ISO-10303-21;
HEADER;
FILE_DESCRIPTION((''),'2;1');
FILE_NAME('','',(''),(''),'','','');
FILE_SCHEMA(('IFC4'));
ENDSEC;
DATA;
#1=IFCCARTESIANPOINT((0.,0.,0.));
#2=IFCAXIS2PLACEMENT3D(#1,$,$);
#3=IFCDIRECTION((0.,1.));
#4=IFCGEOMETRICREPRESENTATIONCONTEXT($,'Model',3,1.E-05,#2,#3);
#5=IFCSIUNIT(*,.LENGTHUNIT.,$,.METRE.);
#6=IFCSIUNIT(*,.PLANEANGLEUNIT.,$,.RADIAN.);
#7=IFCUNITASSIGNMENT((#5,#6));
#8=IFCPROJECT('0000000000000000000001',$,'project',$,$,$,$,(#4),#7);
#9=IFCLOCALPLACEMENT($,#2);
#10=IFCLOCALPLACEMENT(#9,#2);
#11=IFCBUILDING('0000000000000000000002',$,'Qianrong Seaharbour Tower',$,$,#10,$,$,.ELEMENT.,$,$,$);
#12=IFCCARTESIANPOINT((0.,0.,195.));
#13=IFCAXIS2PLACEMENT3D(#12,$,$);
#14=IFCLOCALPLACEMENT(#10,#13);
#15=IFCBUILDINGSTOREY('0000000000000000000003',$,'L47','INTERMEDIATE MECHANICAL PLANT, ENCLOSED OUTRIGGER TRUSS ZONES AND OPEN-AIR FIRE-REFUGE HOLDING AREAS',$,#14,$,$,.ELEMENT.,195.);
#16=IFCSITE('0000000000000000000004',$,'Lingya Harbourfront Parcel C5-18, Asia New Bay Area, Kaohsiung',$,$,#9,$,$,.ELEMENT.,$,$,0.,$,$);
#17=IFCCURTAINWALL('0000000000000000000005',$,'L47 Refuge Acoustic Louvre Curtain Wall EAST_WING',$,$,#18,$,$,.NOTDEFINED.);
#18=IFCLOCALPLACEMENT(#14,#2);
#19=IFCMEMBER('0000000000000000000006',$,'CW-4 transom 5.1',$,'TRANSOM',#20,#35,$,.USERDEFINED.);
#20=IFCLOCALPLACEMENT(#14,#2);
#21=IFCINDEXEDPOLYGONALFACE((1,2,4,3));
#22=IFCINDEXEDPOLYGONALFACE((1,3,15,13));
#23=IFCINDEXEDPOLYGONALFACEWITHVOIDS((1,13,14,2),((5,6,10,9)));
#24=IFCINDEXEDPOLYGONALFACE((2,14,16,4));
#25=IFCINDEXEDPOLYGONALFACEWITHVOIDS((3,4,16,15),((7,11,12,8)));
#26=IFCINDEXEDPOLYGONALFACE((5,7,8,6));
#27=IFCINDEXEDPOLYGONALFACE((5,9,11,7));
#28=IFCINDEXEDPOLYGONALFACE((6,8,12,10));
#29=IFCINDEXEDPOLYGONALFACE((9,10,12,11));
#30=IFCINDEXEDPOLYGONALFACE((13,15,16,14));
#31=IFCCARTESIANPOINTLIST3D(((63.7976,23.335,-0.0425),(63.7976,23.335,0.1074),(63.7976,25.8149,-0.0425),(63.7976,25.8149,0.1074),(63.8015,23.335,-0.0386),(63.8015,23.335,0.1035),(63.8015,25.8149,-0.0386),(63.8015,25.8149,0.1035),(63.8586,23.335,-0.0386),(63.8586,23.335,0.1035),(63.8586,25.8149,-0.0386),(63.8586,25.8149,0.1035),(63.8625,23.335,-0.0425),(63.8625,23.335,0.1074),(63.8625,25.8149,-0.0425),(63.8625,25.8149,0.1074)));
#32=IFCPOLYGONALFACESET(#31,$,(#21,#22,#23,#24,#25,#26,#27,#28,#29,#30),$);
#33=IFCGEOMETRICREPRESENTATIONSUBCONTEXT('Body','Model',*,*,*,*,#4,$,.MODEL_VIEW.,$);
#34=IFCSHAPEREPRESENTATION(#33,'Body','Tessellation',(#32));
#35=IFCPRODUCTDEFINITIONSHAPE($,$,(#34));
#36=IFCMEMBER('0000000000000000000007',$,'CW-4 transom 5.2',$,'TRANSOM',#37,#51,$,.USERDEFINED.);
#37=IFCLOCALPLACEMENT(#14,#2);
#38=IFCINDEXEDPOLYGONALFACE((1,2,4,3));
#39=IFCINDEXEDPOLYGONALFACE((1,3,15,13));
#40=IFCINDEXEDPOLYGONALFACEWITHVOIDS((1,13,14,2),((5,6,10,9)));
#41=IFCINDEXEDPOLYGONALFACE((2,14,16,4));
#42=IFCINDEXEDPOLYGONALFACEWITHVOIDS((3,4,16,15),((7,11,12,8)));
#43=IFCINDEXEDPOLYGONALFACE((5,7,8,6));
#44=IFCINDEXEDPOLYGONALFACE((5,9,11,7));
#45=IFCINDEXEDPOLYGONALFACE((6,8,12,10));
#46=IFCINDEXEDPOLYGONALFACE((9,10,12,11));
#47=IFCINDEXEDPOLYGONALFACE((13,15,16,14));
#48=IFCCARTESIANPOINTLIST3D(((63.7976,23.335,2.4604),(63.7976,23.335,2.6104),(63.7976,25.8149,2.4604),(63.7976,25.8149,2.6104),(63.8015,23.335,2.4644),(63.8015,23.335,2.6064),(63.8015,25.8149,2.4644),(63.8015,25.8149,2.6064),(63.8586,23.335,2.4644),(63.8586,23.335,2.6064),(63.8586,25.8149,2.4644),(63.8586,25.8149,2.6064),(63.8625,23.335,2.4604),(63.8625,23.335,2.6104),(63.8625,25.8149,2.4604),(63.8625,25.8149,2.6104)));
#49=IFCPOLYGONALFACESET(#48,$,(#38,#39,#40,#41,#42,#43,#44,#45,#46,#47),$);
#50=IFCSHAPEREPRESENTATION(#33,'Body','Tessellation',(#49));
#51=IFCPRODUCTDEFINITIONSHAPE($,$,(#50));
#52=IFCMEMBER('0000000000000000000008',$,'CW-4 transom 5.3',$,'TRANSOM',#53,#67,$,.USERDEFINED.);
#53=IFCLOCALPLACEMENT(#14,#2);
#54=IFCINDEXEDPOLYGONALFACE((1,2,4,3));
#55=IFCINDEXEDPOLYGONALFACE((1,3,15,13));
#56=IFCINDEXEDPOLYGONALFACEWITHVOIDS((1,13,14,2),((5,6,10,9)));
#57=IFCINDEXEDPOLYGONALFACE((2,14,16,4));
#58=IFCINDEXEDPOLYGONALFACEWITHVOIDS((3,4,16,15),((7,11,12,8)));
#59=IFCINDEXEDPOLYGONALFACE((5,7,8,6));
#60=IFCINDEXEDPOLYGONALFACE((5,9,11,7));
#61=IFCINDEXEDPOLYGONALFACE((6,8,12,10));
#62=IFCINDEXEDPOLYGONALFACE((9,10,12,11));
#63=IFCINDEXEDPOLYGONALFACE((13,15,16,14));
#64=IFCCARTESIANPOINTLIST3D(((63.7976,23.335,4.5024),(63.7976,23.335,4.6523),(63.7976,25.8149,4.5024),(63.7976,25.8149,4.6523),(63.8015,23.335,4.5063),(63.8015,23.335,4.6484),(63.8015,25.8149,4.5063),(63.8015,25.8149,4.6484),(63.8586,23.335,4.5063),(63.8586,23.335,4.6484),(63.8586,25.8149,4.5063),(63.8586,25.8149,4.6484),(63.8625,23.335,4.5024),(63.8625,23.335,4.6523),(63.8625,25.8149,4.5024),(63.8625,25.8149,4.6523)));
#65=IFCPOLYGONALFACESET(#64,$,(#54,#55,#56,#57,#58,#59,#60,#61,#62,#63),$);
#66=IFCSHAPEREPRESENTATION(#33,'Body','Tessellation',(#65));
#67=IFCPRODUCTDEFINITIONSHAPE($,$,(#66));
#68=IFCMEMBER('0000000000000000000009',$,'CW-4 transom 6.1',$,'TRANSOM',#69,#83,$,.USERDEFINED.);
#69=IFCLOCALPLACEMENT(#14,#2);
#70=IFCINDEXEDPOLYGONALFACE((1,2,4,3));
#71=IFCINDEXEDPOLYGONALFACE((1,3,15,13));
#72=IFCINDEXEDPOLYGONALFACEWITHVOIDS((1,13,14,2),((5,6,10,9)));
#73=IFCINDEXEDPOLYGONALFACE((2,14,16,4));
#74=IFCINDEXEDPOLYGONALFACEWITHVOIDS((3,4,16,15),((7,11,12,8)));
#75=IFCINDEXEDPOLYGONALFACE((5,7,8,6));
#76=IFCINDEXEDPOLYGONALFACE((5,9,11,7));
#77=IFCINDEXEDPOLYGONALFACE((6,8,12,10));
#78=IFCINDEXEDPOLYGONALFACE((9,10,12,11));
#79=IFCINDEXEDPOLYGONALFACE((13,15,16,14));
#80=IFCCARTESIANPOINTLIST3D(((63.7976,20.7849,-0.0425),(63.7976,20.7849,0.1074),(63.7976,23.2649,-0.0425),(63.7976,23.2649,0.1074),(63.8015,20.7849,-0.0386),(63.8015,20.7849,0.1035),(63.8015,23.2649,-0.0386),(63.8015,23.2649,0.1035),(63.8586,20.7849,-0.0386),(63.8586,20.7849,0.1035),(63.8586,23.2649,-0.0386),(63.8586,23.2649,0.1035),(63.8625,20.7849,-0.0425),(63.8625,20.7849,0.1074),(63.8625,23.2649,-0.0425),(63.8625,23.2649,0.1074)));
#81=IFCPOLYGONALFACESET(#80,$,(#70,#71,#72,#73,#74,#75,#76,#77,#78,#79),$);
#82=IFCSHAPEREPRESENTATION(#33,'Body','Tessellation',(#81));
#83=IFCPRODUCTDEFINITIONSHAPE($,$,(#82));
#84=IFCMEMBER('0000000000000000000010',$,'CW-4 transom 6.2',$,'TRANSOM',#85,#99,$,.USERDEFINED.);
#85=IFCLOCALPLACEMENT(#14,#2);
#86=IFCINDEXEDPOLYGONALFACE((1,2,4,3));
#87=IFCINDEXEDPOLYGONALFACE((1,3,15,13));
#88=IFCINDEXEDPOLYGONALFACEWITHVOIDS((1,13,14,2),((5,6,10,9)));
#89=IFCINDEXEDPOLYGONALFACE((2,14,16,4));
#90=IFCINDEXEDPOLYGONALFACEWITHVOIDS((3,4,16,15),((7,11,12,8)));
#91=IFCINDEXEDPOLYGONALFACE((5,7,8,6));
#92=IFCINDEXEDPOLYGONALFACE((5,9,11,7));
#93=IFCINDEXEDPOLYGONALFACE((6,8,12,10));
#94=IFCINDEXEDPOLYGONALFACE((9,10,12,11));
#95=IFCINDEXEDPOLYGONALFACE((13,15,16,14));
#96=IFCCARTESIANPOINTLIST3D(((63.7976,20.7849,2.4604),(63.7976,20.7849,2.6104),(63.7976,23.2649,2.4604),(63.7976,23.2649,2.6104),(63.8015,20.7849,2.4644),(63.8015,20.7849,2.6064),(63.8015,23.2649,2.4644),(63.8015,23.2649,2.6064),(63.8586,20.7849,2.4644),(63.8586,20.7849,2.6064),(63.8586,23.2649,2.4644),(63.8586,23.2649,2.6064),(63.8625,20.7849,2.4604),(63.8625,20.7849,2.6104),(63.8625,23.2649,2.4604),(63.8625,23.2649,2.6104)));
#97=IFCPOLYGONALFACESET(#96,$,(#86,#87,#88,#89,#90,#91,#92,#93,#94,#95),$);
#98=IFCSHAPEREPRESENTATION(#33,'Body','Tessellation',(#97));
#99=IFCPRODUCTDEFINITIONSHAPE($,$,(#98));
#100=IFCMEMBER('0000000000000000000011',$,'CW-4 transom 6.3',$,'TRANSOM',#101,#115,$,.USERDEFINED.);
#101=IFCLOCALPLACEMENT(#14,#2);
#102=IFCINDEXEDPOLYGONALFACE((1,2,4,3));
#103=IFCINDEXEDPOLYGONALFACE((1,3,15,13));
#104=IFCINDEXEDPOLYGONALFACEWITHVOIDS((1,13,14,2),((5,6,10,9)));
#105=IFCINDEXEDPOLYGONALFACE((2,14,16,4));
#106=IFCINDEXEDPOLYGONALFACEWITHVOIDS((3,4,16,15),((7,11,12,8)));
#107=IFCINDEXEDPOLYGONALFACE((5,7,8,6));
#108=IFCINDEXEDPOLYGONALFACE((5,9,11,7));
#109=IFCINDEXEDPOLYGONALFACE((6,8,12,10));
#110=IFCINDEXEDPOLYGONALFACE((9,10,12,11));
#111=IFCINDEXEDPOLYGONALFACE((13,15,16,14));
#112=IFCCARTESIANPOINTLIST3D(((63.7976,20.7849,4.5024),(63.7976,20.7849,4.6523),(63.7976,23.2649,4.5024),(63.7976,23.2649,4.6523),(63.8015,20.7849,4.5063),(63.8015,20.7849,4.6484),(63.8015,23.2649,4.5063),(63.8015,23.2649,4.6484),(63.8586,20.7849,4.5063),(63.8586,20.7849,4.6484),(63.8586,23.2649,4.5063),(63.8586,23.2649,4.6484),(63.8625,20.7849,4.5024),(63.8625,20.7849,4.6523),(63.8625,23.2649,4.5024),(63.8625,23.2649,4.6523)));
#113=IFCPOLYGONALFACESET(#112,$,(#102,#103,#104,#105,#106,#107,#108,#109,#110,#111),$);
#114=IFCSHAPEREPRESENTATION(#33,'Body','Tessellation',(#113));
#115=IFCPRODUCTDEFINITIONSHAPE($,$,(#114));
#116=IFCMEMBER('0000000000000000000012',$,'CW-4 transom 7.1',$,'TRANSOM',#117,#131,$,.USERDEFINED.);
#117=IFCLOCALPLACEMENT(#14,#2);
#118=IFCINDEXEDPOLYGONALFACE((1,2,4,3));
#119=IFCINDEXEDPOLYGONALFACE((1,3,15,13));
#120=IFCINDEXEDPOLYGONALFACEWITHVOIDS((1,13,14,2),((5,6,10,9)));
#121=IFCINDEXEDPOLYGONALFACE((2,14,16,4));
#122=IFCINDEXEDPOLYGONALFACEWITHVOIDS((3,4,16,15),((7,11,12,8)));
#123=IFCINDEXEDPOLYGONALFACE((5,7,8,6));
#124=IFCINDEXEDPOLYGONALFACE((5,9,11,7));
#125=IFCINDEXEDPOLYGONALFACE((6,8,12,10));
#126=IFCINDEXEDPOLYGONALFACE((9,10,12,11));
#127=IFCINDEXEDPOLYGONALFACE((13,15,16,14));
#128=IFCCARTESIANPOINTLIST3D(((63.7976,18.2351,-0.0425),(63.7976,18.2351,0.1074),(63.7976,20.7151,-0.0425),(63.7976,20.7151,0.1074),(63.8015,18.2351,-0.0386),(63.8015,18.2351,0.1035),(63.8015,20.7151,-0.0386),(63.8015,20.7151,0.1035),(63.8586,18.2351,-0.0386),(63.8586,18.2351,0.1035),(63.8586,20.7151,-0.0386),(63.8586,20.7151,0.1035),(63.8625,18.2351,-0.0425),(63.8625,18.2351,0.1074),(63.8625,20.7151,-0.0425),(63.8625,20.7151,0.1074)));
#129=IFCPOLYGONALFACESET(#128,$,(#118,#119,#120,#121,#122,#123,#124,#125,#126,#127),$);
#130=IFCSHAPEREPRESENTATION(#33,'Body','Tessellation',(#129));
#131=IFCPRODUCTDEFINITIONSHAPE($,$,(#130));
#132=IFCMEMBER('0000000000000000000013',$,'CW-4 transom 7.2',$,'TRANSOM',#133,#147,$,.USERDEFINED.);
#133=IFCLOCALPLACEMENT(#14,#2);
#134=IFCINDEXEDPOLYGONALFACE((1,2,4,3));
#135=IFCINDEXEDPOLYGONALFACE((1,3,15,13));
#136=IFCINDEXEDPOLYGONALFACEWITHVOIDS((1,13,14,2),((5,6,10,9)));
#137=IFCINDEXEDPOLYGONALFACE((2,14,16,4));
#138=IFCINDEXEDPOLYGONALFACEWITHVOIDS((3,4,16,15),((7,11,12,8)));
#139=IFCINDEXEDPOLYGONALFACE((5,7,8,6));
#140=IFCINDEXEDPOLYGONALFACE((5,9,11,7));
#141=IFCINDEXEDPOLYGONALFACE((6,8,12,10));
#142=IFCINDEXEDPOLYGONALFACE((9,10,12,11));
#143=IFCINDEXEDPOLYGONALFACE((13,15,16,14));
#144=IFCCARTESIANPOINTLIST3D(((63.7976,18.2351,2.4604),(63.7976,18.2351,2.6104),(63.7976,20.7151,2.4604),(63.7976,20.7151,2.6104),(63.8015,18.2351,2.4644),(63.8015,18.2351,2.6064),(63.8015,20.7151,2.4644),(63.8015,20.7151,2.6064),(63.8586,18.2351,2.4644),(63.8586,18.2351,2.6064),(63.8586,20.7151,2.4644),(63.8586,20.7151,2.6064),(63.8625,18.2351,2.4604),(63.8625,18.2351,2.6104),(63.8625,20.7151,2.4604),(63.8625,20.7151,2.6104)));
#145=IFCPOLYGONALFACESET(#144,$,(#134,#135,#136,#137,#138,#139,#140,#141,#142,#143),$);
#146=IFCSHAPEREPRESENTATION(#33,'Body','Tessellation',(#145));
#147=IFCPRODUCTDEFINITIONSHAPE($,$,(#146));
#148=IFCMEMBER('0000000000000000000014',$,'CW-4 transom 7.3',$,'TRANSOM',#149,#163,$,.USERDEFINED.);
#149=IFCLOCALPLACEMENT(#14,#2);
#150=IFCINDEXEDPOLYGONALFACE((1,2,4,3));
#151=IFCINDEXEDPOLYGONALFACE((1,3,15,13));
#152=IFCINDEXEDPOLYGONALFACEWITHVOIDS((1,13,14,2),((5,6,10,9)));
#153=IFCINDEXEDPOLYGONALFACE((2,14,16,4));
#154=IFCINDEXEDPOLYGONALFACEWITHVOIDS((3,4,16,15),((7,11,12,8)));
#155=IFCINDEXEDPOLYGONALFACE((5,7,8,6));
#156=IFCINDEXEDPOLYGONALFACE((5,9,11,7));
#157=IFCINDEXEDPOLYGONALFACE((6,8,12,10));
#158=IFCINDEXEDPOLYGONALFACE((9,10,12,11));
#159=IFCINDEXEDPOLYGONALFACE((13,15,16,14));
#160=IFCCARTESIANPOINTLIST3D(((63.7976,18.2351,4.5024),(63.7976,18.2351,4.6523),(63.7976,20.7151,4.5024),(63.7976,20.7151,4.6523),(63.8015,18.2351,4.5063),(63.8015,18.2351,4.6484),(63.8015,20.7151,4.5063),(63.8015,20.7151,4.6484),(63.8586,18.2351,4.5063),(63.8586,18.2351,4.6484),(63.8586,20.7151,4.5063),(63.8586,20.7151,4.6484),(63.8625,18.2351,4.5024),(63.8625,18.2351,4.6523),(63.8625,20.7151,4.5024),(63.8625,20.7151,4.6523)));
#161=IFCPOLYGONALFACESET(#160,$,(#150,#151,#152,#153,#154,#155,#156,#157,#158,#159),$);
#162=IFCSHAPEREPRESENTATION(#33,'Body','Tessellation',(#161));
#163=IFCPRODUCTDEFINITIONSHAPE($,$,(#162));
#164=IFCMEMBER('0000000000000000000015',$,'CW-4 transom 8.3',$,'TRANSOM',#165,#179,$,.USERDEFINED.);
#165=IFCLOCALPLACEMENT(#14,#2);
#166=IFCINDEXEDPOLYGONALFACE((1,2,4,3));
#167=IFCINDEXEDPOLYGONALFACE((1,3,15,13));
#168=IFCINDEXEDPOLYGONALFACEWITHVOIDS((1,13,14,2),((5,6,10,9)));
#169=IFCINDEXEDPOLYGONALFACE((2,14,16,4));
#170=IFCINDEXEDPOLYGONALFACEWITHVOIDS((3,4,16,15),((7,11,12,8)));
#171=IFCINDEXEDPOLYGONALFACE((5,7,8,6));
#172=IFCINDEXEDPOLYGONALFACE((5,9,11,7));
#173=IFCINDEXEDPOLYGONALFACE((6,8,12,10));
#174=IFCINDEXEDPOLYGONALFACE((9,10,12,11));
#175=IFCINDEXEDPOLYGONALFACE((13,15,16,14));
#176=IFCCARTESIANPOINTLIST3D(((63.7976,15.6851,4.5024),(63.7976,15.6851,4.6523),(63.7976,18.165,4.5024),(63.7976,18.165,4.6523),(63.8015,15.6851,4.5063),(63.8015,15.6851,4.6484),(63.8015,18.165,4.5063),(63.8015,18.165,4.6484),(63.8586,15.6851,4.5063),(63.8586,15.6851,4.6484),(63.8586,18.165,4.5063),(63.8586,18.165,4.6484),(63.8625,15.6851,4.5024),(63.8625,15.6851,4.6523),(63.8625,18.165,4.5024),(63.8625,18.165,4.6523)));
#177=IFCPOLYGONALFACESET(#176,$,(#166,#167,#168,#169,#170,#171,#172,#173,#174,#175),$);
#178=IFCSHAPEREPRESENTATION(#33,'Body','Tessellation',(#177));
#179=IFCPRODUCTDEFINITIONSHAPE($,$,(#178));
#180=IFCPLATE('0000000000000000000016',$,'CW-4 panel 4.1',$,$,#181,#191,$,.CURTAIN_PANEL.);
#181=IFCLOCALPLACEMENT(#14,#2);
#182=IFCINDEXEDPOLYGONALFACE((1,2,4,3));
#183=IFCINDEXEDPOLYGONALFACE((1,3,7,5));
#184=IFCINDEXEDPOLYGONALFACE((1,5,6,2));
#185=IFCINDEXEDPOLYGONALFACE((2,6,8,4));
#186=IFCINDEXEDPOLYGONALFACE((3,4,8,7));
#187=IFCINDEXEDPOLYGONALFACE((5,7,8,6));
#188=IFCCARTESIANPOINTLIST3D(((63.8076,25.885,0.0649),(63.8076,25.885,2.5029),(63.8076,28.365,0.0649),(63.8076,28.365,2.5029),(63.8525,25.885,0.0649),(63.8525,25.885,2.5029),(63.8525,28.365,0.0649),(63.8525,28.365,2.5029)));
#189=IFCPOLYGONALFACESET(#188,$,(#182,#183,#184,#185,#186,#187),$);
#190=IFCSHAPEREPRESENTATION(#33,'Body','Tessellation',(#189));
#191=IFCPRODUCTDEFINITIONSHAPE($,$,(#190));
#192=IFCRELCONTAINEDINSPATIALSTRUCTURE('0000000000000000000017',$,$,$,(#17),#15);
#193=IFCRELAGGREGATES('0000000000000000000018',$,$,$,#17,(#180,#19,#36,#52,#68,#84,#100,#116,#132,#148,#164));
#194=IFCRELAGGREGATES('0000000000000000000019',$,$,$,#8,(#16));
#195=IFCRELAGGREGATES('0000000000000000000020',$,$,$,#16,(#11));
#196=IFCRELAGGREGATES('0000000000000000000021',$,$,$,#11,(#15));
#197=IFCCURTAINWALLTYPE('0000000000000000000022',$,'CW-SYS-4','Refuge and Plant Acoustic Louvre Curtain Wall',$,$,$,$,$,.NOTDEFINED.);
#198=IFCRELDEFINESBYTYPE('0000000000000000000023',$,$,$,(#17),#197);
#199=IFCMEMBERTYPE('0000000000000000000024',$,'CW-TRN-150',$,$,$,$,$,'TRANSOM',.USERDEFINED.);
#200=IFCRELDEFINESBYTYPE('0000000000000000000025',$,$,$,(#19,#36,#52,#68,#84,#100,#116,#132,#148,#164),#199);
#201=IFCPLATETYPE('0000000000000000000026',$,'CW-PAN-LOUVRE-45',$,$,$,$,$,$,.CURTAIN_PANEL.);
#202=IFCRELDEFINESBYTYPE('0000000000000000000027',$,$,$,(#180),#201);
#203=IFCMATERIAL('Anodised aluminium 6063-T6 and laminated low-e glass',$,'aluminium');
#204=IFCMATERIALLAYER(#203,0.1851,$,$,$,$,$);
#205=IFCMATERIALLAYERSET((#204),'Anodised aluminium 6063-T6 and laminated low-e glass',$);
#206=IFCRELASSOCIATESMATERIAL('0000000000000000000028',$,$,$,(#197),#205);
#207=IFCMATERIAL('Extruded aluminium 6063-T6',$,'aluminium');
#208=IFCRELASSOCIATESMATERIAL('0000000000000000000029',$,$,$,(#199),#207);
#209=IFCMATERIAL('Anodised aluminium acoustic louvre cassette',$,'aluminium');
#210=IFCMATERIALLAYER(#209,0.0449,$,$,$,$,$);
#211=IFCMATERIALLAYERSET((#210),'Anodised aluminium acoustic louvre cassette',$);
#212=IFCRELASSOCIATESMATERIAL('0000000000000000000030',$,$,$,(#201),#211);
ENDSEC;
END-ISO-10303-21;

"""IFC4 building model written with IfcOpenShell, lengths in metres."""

from ifc_helpers import new_model, si_unit, direction, frame, origin, origin_2d, place, context, subcontext, project, spatial, rectangle, hollow_rectangle, extrude, material, layer, layer_set, material_profile, profile_set, type_object, element, aggregate, save


model = new_model("IFC4")

# Units and contexts
model_context = context("Model", 3, precision=1e-05, world=origin(), true_north=direction((0.0, 1.0)))
body_context = subcontext(model_context, "Body", "Model", "MODEL_VIEW")
ifc_project = project(units=[si_unit("LENGTHUNIT", "METRE"), si_unit("PLANEANGLEUNIT", "RADIAN")], contexts=[model_context])

# Site, building, storey
site_placement = place(None, origin())
site = spatial("IfcSite", under=ifc_project, at=site_placement, Name="Lingya Harbourfront Parcel C5-18, Asia New Bay Area, Kaohsiung", CompositionType="ELEMENT", RefElevation=0.0)
building_placement = place(site_placement, origin())
building = spatial("IfcBuilding", under=site, at=building_placement, Name="Qianrong Seaharbour Tower", CompositionType="ELEMENT")
storey_placement = place(building_placement, frame((0.0, 0.0, 195.0)))
storey = spatial("IfcBuildingStorey", under=building, at=storey_placement, Name="L47", Description="INTERMEDIATE MECHANICAL PLANT, ENCLOSED OUTRIGGER TRUSS ZONES AND OPEN-AIR FIRE-REFUGE HOLDING AREAS", CompositionType="ELEMENT", Elevation=195.0)

# Curtain wall, members, plate
ifc_material_1 = material(Name="Anodised aluminium 6063-T6 and laminated low-e glass", Category="aluminium")
ifc_layer_1 = layer(ifc_material_1, 0.1851)
ifc_layer_set_1 = layer_set([ifc_layer_1], Name="Anodised aluminium 6063-T6 and laminated low-e glass")
curtain_wall_type = type_object("IfcCurtainWallType", Name="CW-SYS-4", Description="Refuge and Plant Acoustic Louvre Curtain Wall", PredefinedType="NOTDEFINED", material=ifc_layer_set_1)
curtain_wall_placement = place(storey_placement, origin())
curtain_wall = element("IfcCurtainWall", 1, at=curtain_wall_placement, inside=storey, type_object=curtain_wall_type, Name="L47 Refuge Acoustic Louvre Curtain Wall EAST_WING", PredefinedType="NOTDEFINED")
ifc_material_2 = material(Name="Extruded aluminium 6063-T6", Category="aluminium")
ifc_material_profile_1 = material_profile(ifc_material_2, hollow_rectangle(XDim=0.0649, YDim=0.1499, WallThickness=0.0039, at=origin_2d()), Name="ALU-TRN-150x65x4")
ifc_profile_set_1 = profile_set([ifc_material_profile_1], Name="Extruded aluminium 6063-T6")
member_type_1 = type_object("IfcMemberType", Name="CW-TRN-150", ElementType="TRANSOM", PredefinedType="USERDEFINED", material=ifc_profile_set_1)
member_1_placement = place(storey_placement, frame((63.8301, 25.8149, 0.0325), z_axis=(0.0, -1.0, 0.0), x_axis=(1.0, 0.0, 0.0)))
member_1 = element("IfcMember", 2, at=member_1_placement, type_object=member_type_1, Name="CW-4 transom 5.1", ObjectType="TRANSOM", PredefinedType="USERDEFINED", context=body_context, shape_type="SweptSolid", body=[
    extrude(hollow_rectangle(XDim=0.0649, YDim=0.1499, WallThickness=0.0039, at=origin_2d()), origin(), (0.0, 0.0, 1.0), 2.48),
])
member_2_placement = place(storey_placement, frame((63.8301, 25.8149, 2.5354), z_axis=(0.0, -1.0, 0.0), x_axis=(1.0, 0.0, 0.0)))
member_2 = element("IfcMember", 3, at=member_2_placement, type_object=member_type_1, Name="CW-4 transom 5.2", ObjectType="TRANSOM", PredefinedType="USERDEFINED", context=body_context, shape_type="SweptSolid", body=[
    extrude(hollow_rectangle(XDim=0.0649, YDim=0.1499, WallThickness=0.0039, at=origin_2d()), origin(), (0.0, 0.0, 1.0), 2.48),
])
member_3_placement = place(storey_placement, frame((63.8301, 25.8149, 4.5774), z_axis=(0.0, -1.0, 0.0), x_axis=(1.0, 0.0, 0.0)))
member_3 = element("IfcMember", 4, at=member_3_placement, type_object=member_type_1, Name="CW-4 transom 5.3", ObjectType="TRANSOM", PredefinedType="USERDEFINED", context=body_context, shape_type="SweptSolid", body=[
    extrude(hollow_rectangle(XDim=0.0649, YDim=0.1499, WallThickness=0.0039, at=origin_2d()), origin(), (0.0, 0.0, 1.0), 2.48),
])
member_4_placement = place(storey_placement, frame((63.8301, 23.2649, 0.0325), z_axis=(0.0, -1.0, 0.0), x_axis=(1.0, 0.0, 0.0)))
member_4 = element("IfcMember", 5, at=member_4_placement, type_object=member_type_1, Name="CW-4 transom 6.1", ObjectType="TRANSOM", PredefinedType="USERDEFINED", context=body_context, shape_type="SweptSolid", body=[
    extrude(hollow_rectangle(XDim=0.0649, YDim=0.1499, WallThickness=0.0039, at=origin_2d()), origin(), (0.0, 0.0, 1.0), 2.48),
])
member_5_placement = place(storey_placement, frame((63.8301, 23.2649, 2.5354), z_axis=(0.0, -1.0, 0.0), x_axis=(1.0, 0.0, 0.0)))
member_5 = element("IfcMember", 6, at=member_5_placement, type_object=member_type_1, Name="CW-4 transom 6.2", ObjectType="TRANSOM", PredefinedType="USERDEFINED", context=body_context, shape_type="SweptSolid", body=[
    extrude(hollow_rectangle(XDim=0.0649, YDim=0.1499, WallThickness=0.0039, at=origin_2d()), origin(), (0.0, 0.0, 1.0), 2.48),
])
member_6_placement = place(storey_placement, frame((63.8301, 23.2649, 4.5774), z_axis=(0.0, -1.0, 0.0), x_axis=(1.0, 0.0, 0.0)))
member_6 = element("IfcMember", 7, at=member_6_placement, type_object=member_type_1, Name="CW-4 transom 6.3", ObjectType="TRANSOM", PredefinedType="USERDEFINED", context=body_context, shape_type="SweptSolid", body=[
    extrude(hollow_rectangle(XDim=0.0649, YDim=0.1499, WallThickness=0.0039, at=origin_2d()), origin(), (0.0, 0.0, 1.0), 2.48),
])
member_7_placement = place(storey_placement, frame((63.8301, 20.7151, 0.0325), z_axis=(0.0, -1.0, 0.0), x_axis=(1.0, 0.0, 0.0)))
member_7 = element("IfcMember", 8, at=member_7_placement, type_object=member_type_1, Name="CW-4 transom 7.1", ObjectType="TRANSOM", PredefinedType="USERDEFINED", context=body_context, shape_type="SweptSolid", body=[
    extrude(hollow_rectangle(XDim=0.0649, YDim=0.1499, WallThickness=0.0039, at=origin_2d()), origin(), (0.0, 0.0, 1.0), 2.48),
])
member_8_placement = place(storey_placement, frame((63.8301, 20.7151, 2.5354), z_axis=(0.0, -1.0, 0.0), x_axis=(1.0, 0.0, 0.0)))
member_8 = element("IfcMember", 9, at=member_8_placement, type_object=member_type_1, Name="CW-4 transom 7.2", ObjectType="TRANSOM", PredefinedType="USERDEFINED", context=body_context, shape_type="SweptSolid", body=[
    extrude(hollow_rectangle(XDim=0.0649, YDim=0.1499, WallThickness=0.0039, at=origin_2d()), origin(), (0.0, 0.0, 1.0), 2.48),
])
member_9_placement = place(storey_placement, frame((63.8301, 20.7151, 4.5774), z_axis=(0.0, -1.0, 0.0), x_axis=(1.0, 0.0, 0.0)))
member_9 = element("IfcMember", 10, at=member_9_placement, type_object=member_type_1, Name="CW-4 transom 7.3", ObjectType="TRANSOM", PredefinedType="USERDEFINED", context=body_context, shape_type="SweptSolid", body=[
    extrude(hollow_rectangle(XDim=0.0649, YDim=0.1499, WallThickness=0.0039, at=origin_2d()), origin(), (0.0, 0.0, 1.0), 2.48),
])
member_10_placement = place(storey_placement, frame((63.8301, 18.165, 4.5774), z_axis=(0.0, -1.0, 0.0), x_axis=(1.0, 0.0, 0.0)))
member_10 = element("IfcMember", 11, at=member_10_placement, type_object=member_type_1, Name="CW-4 transom 8.3", ObjectType="TRANSOM", PredefinedType="USERDEFINED", context=body_context, shape_type="SweptSolid", body=[
    extrude(hollow_rectangle(XDim=0.0649, YDim=0.1499, WallThickness=0.0039, at=origin_2d()), origin(), (0.0, 0.0, 1.0), 2.48),
])
ifc_material_3 = material(Name="Anodised aluminium acoustic louvre cassette", Category="aluminium")
ifc_layer_2 = layer(ifc_material_3, 0.0449)
ifc_layer_set_2 = layer_set([ifc_layer_2], Name="Anodised aluminium acoustic louvre cassette")
plate_type = type_object("IfcPlateType", Name="CW-PAN-LOUVRE-45", PredefinedType="CURTAIN_PANEL", material=ifc_layer_set_2)
plate_1_placement = place(storey_placement, frame((63.8301, 27.125, 0.0649), z_axis=(0.0, 0.0, 1.0), x_axis=(0.0, -1.0, 0.0)))
plate_1 = element("IfcPlate", 12, at=plate_1_placement, type_object=plate_type, Name="CW-4 panel 4.1", PredefinedType="CURTAIN_PANEL", context=body_context, shape_type="SweptSolid", body=[
    extrude(rectangle(XDim=2.48, YDim=0.0449, at=origin_2d()), origin(), (0.0, 0.0, 1.0), 2.438),
])
aggregate(curtain_wall, [plate_1, member_1, member_2, member_3, member_4, member_5, member_6, member_7, member_8, member_9, member_10])

save(model, "model.ifc")
